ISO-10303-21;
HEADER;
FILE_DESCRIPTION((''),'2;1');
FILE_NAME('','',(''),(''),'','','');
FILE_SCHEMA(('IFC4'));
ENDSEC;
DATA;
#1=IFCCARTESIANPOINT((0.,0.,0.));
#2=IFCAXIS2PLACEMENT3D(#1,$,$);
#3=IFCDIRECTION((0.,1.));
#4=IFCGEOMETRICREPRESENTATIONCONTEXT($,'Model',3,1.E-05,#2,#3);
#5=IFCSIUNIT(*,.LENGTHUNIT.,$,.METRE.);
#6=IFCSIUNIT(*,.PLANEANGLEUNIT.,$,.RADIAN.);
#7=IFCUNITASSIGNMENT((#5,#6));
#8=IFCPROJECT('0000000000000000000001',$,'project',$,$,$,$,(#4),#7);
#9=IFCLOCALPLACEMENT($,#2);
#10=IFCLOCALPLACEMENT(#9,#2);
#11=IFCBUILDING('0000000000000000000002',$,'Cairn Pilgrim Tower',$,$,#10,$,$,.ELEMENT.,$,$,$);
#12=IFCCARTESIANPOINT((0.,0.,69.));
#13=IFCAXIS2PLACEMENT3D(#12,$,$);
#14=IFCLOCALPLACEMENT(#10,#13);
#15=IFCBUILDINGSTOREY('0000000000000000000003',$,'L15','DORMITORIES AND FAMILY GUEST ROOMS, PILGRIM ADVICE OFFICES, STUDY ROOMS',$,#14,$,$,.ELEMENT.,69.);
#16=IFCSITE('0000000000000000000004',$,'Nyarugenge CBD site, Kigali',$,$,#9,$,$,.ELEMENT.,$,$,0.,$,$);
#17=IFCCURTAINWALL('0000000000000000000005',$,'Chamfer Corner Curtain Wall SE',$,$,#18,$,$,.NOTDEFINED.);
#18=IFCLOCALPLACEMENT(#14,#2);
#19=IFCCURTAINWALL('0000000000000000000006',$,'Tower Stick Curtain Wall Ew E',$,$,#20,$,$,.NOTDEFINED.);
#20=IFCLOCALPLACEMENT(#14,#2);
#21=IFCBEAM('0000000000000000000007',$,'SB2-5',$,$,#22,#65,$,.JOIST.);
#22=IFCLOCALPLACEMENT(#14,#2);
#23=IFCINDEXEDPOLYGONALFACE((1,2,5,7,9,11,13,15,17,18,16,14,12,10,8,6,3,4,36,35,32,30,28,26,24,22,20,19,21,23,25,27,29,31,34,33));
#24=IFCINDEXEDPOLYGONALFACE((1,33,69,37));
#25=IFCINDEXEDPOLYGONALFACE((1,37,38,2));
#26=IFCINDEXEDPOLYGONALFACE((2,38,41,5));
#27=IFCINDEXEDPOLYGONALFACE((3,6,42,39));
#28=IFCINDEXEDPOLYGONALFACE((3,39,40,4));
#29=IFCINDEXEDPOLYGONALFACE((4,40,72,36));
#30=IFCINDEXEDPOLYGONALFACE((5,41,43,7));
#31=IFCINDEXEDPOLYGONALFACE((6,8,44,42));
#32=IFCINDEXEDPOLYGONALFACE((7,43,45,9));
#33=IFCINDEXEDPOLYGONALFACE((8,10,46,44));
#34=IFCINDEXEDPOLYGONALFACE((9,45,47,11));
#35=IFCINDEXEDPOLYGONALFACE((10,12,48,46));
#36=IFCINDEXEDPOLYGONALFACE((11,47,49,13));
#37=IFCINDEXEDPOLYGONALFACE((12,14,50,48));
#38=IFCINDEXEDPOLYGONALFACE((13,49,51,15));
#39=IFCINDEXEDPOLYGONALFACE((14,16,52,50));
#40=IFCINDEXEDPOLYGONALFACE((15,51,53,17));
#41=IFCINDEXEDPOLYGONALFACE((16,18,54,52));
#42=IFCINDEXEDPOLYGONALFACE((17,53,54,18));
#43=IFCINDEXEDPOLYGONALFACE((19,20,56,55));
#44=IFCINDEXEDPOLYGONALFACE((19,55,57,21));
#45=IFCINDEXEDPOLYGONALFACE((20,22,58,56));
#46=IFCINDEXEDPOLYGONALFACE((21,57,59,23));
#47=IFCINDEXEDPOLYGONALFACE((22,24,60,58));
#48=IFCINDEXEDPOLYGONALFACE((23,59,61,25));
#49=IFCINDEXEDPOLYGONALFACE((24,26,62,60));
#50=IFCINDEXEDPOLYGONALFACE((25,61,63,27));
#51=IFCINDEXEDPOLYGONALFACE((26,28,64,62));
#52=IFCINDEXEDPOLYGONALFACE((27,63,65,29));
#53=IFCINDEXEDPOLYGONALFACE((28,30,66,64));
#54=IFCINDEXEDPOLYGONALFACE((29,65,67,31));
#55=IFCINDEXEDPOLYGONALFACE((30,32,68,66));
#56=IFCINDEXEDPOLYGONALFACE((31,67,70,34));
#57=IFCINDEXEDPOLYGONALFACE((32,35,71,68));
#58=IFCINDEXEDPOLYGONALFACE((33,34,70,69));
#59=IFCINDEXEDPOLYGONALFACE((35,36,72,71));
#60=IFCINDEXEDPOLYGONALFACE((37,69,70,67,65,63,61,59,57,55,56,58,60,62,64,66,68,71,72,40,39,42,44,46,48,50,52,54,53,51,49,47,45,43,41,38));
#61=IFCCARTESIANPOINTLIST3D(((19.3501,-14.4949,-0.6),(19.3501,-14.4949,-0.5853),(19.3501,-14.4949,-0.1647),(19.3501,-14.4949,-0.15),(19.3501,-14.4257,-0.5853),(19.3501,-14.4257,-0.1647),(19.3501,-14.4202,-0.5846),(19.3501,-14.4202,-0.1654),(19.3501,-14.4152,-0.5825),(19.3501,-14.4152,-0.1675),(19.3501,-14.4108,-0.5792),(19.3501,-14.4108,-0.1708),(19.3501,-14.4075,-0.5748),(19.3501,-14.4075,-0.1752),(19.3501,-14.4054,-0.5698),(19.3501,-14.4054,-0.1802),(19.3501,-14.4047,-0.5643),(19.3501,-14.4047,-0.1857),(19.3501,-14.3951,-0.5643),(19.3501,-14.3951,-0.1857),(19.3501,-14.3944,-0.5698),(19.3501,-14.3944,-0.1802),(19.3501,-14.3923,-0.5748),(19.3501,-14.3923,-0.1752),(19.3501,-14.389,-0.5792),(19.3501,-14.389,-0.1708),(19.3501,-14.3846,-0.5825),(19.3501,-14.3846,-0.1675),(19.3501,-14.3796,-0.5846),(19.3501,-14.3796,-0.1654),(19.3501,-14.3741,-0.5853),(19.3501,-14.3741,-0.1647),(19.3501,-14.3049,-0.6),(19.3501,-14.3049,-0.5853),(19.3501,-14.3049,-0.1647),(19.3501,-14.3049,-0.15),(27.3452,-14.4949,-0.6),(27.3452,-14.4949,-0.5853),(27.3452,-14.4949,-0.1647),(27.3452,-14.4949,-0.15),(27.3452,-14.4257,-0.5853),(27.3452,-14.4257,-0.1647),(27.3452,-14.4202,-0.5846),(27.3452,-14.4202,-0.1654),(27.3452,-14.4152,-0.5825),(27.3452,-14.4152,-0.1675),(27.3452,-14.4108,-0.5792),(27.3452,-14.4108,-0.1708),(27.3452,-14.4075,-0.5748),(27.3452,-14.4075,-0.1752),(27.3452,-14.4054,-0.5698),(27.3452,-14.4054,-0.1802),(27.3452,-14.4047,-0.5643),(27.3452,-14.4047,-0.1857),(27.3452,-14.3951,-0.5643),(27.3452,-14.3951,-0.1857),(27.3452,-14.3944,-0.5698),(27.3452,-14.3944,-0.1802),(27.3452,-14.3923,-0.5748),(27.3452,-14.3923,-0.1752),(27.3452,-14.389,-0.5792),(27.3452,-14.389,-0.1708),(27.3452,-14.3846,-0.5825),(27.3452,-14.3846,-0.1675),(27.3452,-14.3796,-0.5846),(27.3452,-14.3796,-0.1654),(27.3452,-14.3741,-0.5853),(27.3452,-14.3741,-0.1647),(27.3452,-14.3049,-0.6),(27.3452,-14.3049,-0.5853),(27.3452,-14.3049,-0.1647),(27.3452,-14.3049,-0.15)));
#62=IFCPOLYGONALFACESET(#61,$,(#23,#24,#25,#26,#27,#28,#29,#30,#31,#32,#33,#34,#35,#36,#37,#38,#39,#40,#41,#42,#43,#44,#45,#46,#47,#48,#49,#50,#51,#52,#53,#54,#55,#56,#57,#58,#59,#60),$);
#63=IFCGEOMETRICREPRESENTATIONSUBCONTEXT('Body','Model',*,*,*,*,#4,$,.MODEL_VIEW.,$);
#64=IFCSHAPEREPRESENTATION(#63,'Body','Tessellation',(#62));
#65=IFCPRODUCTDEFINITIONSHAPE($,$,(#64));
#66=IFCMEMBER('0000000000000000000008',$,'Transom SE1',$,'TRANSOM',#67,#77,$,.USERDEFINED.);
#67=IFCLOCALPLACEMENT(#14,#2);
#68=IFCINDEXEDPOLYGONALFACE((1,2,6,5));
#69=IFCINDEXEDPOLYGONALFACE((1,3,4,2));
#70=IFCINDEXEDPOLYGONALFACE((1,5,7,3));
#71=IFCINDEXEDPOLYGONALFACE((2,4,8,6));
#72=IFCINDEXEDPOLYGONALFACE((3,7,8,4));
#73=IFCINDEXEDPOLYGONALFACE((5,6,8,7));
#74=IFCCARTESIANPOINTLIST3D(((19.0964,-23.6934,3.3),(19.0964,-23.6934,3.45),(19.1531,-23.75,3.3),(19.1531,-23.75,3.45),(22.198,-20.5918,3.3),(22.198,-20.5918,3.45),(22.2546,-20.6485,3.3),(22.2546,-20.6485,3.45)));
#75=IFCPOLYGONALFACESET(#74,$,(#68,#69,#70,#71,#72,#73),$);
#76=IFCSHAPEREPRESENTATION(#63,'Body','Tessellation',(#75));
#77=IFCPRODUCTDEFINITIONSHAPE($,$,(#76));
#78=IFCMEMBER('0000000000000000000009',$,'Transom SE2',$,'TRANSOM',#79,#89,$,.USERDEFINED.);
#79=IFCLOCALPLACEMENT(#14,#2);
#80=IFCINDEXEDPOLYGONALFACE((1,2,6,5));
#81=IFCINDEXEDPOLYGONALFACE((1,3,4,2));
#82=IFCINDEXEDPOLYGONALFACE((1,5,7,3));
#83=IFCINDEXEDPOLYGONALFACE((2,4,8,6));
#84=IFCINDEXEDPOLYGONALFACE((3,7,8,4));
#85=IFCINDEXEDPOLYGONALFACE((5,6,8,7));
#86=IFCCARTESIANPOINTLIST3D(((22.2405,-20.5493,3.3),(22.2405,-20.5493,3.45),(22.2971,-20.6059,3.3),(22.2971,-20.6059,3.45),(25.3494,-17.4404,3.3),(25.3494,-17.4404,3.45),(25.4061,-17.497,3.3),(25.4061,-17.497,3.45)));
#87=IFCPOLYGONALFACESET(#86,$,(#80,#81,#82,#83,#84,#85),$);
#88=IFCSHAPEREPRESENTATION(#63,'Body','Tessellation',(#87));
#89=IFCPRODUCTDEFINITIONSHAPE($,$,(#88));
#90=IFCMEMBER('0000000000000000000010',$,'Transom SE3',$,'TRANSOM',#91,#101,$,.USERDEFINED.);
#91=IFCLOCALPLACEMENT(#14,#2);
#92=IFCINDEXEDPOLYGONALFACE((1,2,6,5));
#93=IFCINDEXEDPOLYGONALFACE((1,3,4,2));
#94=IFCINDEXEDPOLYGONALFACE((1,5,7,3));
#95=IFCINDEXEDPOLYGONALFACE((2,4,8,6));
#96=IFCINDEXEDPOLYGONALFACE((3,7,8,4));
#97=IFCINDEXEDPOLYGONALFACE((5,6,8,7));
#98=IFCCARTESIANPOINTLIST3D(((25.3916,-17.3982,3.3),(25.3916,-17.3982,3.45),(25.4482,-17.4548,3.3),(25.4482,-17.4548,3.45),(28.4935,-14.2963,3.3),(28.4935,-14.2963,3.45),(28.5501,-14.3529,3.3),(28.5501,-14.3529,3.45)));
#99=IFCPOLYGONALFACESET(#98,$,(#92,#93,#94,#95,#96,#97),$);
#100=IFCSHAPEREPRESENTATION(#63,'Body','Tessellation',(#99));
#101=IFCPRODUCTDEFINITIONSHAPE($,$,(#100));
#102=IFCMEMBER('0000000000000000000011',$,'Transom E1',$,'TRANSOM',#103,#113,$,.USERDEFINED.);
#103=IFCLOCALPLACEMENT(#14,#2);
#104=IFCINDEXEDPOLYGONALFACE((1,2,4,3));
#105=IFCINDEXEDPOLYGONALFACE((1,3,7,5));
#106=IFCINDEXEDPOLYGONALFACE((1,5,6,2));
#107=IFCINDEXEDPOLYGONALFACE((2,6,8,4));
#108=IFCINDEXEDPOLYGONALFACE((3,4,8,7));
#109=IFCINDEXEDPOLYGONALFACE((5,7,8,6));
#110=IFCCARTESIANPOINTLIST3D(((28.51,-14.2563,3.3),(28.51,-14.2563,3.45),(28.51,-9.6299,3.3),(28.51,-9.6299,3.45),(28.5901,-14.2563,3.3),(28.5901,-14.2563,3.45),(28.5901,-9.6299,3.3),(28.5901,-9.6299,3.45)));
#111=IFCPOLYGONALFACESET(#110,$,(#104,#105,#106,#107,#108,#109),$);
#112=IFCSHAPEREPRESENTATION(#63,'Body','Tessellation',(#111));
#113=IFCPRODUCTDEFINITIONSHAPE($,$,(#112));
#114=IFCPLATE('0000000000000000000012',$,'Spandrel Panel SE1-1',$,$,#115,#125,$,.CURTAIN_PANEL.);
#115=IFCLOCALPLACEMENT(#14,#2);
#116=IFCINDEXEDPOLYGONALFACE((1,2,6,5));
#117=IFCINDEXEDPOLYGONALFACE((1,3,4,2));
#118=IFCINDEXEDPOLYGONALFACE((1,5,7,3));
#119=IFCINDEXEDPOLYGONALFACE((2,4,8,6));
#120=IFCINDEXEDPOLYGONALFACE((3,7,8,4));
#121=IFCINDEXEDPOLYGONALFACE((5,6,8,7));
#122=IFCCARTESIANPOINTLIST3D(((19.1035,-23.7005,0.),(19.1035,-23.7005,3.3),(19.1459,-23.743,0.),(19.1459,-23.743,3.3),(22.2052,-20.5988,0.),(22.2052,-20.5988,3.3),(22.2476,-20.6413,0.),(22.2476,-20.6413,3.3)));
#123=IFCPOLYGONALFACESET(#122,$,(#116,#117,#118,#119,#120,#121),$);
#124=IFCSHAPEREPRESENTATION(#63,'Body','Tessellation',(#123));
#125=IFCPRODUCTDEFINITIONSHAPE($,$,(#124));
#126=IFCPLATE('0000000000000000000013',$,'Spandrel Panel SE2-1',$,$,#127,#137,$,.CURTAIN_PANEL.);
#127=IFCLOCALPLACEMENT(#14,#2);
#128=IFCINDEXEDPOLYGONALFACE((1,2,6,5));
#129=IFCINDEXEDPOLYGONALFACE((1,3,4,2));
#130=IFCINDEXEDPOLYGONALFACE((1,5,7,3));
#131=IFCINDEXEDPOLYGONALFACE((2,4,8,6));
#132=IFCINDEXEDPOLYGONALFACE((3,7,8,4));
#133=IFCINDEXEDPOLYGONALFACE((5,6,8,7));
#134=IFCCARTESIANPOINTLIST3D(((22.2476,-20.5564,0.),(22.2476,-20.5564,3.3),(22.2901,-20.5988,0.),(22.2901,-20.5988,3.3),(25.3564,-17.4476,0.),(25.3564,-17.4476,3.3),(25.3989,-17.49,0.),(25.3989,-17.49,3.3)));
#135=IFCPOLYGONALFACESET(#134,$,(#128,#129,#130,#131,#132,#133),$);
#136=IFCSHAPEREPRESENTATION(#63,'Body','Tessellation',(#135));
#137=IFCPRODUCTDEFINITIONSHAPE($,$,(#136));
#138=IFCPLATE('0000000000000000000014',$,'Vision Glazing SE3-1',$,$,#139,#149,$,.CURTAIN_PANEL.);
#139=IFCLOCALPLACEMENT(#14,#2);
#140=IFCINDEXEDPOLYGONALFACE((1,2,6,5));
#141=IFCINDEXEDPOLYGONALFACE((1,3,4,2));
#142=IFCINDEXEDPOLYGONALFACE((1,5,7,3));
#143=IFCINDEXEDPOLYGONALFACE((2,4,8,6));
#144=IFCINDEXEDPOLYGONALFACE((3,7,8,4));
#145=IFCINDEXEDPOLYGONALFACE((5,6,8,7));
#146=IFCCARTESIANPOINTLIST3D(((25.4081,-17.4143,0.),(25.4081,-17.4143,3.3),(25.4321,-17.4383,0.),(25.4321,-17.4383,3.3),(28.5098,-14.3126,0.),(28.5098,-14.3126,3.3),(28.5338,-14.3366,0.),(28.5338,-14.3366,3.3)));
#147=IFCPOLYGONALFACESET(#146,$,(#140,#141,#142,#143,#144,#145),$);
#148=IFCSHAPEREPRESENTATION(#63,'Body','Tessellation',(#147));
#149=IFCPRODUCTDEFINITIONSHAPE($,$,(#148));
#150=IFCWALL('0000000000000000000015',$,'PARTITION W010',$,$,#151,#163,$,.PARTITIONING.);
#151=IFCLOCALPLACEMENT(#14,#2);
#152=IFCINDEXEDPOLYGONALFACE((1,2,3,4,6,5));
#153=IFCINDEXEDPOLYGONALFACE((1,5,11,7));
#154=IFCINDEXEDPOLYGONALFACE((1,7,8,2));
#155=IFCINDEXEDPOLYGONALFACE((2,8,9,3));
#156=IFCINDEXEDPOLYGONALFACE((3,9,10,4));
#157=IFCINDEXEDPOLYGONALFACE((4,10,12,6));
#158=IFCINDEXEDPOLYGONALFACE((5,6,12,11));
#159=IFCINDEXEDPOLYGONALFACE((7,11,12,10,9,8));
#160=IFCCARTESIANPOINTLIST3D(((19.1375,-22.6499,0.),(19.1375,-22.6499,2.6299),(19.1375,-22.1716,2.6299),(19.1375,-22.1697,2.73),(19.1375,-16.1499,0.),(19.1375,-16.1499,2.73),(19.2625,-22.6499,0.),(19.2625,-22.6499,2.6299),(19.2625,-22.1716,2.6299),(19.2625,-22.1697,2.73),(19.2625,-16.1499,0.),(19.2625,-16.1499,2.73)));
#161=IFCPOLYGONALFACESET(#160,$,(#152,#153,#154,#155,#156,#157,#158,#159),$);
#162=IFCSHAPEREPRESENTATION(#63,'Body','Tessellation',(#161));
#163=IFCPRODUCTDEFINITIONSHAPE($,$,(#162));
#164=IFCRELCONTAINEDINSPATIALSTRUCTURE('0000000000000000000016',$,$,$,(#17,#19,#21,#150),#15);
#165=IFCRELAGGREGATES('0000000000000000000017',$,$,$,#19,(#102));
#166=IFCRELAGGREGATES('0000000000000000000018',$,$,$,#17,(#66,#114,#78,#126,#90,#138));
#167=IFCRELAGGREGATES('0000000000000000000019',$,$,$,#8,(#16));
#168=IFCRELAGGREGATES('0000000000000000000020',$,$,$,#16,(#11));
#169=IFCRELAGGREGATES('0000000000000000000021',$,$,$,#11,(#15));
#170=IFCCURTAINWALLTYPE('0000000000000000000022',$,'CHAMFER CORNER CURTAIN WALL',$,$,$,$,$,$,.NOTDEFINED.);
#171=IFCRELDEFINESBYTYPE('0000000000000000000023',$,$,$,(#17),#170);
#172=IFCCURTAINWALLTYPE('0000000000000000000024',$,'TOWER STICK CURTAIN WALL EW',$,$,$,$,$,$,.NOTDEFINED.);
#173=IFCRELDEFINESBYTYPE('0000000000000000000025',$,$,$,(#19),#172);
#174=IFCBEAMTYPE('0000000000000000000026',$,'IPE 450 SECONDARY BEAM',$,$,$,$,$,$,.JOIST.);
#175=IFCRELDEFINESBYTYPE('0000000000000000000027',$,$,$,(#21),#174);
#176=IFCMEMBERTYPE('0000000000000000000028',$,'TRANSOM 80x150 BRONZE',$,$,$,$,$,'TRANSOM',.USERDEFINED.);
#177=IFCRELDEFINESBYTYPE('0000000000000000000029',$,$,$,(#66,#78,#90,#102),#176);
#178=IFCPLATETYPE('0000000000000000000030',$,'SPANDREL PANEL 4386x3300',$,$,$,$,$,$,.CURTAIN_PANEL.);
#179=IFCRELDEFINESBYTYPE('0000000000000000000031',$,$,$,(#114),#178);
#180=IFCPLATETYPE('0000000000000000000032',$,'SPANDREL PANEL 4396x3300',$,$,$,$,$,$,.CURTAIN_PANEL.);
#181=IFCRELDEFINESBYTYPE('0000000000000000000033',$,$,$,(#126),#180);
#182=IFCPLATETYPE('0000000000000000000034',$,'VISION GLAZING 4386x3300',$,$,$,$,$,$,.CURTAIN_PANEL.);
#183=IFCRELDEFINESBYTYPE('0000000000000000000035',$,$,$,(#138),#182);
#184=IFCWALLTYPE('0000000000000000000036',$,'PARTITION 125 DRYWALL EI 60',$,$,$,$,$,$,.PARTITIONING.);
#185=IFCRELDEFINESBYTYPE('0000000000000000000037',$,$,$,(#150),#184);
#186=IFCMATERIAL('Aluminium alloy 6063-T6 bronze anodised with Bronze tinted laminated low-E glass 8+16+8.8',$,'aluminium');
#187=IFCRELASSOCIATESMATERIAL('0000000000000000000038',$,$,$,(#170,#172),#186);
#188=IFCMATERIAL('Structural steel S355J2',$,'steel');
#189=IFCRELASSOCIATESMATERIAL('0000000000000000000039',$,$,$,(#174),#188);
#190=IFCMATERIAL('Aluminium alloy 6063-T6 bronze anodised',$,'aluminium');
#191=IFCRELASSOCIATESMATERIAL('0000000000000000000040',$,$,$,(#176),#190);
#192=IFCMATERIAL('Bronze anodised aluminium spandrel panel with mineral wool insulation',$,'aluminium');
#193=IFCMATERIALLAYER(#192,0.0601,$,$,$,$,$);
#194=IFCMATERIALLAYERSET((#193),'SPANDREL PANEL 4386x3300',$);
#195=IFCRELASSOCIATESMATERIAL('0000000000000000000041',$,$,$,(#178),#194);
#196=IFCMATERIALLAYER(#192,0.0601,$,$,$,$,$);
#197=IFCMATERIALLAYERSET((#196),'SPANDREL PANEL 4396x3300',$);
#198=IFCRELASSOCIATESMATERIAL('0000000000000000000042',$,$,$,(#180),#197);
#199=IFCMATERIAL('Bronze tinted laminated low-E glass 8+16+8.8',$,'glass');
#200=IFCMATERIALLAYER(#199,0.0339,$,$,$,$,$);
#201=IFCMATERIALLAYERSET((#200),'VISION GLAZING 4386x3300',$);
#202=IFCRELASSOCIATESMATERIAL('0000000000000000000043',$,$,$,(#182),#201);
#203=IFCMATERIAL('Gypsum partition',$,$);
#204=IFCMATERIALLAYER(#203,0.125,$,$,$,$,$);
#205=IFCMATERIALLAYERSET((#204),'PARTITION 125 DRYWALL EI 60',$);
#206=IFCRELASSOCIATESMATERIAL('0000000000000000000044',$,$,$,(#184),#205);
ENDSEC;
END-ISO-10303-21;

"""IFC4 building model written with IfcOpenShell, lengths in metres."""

from ifc_helpers import new_model, si_unit, direction, frame, origin, origin_2d, place, context, subcontext, project, spatial, polyline, rectangle, i_section, outline, extrude, material, layer, layer_set, material_profile, profile_set, type_object, element, aggregate, save


model = new_model("IFC4")

# Units and contexts
model_context = context("Model", 3, precision=1e-05, world=origin(), true_north=direction((0.0, 1.0)))
body_context = subcontext(model_context, "Body", "Model", "MODEL_VIEW")
ifc_project = project(units=[si_unit("LENGTHUNIT", "METRE"), si_unit("PLANEANGLEUNIT", "RADIAN")], contexts=[model_context])

# Site, building, storey
site_placement = place(None, origin())
site = spatial("IfcSite", under=ifc_project, at=site_placement, Name="Nyarugenge CBD site, Kigali", CompositionType="ELEMENT", RefElevation=0.0)
building_placement = place(site_placement, origin())
building = spatial("IfcBuilding", under=site, at=building_placement, Name="Cairn Pilgrim Tower", CompositionType="ELEMENT")
storey_placement = place(building_placement, frame((0.0, 0.0, 69.0)))
storey = spatial("IfcBuildingStorey", under=building, at=storey_placement, Name="L15", Description="DORMITORIES AND FAMILY GUEST ROOMS, PILGRIM ADVICE OFFICES, STUDY ROOMS", CompositionType="ELEMENT", Elevation=69.0)

# Shared definitions
ifc_material_1 = material(Name="Structural steel S355J2", Category="steel")

# Curtain wall
ifc_material_2 = material(Name="Aluminium alloy 6063-T6 bronze anodised with Bronze tinted laminated low-E glass 8+16+8.8", Category="aluminium")
curtain_wall_type_1 = type_object("IfcCurtainWallType", Name="CHAMFER CORNER CURTAIN WALL", PredefinedType="NOTDEFINED", material=ifc_material_2)
curtain_wall_1_placement = place(storey_placement, origin())
curtain_wall_1 = element("IfcCurtainWall", 1, at=curtain_wall_1_placement, inside=storey, type_object=curtain_wall_type_1, Name="Chamfer Corner Curtain Wall SE", PredefinedType="NOTDEFINED")
ifc_material_3 = material(Name="Aluminium alloy 6063-T6 bronze anodised", Category="aluminium")

# Curtain wall
curtain_wall_type_2 = type_object("IfcCurtainWallType", Name="TOWER STICK CURTAIN WALL EW", PredefinedType="NOTDEFINED", material=ifc_material_2)
curtain_wall_2_placement = place(storey_placement, origin())
curtain_wall_2 = element("IfcCurtainWall", 2, at=curtain_wall_2_placement, inside=storey, type_object=curtain_wall_type_2, Name="Tower Stick Curtain Wall Ew E", PredefinedType="NOTDEFINED")

# Beam
ifc_material_profile_1 = material_profile(ifc_material_1, i_section(OverallWidth=0.1899, OverallDepth=0.45, WebThickness=0.0095, FlangeThickness=0.0146, FilletRadius=0.021, at=origin_2d()), Name="IPE 450")
ifc_profile_set_1 = profile_set([ifc_material_profile_1], Name="Structural steel S355J2")
beam_type_1 = type_object("IfcBeamType", Name="IPE 450 SECONDARY BEAM", PredefinedType="JOIST", material=ifc_profile_set_1)
beam_1_placement = place(storey_placement, frame((19.3501, -14.3999, -0.375), z_axis=(1.0, 0.0, 0.0), x_axis=(0.0, 1.0, 0.0)))
element("IfcBeam", 3, at=beam_1_placement, inside=storey, type_object=beam_type_1, Name="SB2-5", PredefinedType="JOIST", context=body_context, shape_type="SweptSolid", body=[
    extrude(i_section(OverallWidth=0.1899, OverallDepth=0.45, WebThickness=0.0095, FlangeThickness=0.0146, FilletRadius=0.021, at=origin_2d()), origin(), (0.0, 0.0, 1.0), 7.9951),
])

# Members
ifc_material_profile_2 = material_profile(ifc_material_3, rectangle(XDim=0.0801, YDim=0.1499, at=origin_2d()), Name="TRANSOM 80x150 BRONZE")
ifc_profile_set_2 = profile_set([ifc_material_profile_2], Name="Aluminium alloy 6063-T6 bronze anodised")
member_type_1 = type_object("IfcMemberType", Name="TRANSOM 80x150 BRONZE", ElementType="TRANSOM", PredefinedType="USERDEFINED", material=ifc_profile_set_2)
member_1_placement = place(storey_placement, frame((19.1248, -23.7217, 3.375), z_axis=(0.707107, 0.707107, 0.0), x_axis=(-0.707107, 0.707107, 0.0)))
member_1 = element("IfcMember", 4, at=member_1_placement, type_object=member_type_1, Name="Transom SE1", ObjectType="TRANSOM", PredefinedType="USERDEFINED", context=body_context, shape_type="SweptSolid", body=[
    extrude(rectangle(XDim=0.0801, YDim=0.1499, at=origin_2d()), origin(), (0.0, 0.0, 1.0), 4.3862),
])
member_2_placement = place(storey_placement, frame((22.2688, -20.5776, 3.375), z_axis=(0.707107, 0.707107, 0.0), x_axis=(-0.707107, 0.707107, 0.0)))
member_2 = element("IfcMember", 5, at=member_2_placement, type_object=member_type_1, Name="Transom SE2", ObjectType="TRANSOM", PredefinedType="USERDEFINED", context=body_context, shape_type="SweptSolid", body=[
    extrude(rectangle(XDim=0.0801, YDim=0.1499, at=origin_2d()), origin(), (0.0, 0.0, 1.0), 4.3967),
])
member_3_placement = place(storey_placement, frame((25.4199, -17.4265, 3.375), z_axis=(0.707107, 0.707107, 0.0), x_axis=(-0.707107, 0.707107, 0.0)))
member_3 = element("IfcMember", 6, at=member_3_placement, type_object=member_type_1, Name="Transom SE3", ObjectType="TRANSOM", PredefinedType="USERDEFINED", context=body_context, shape_type="SweptSolid", body=[
    extrude(rectangle(XDim=0.0801, YDim=0.1499, at=origin_2d()), origin(), (0.0, 0.0, 1.0), 4.3867),
])
member_4_placement = place(storey_placement, frame((28.55, -14.2563, 3.375), z_axis=(0.0, 1.0, 0.0), x_axis=(-1.0, 0.0, 0.0)))
member_4 = element("IfcMember", 7, at=member_4_placement, type_object=member_type_1, Name="Transom E1", ObjectType="TRANSOM", PredefinedType="USERDEFINED", context=body_context, shape_type="SweptSolid", body=[
    extrude(rectangle(XDim=0.0801, YDim=0.1499, at=origin_2d()), origin(), (0.0, 0.0, 1.0), 4.6265),
])
aggregate(curtain_wall_2, [member_4])

# Plates
ifc_material_4 = material(Name="Bronze anodised aluminium spandrel panel with mineral wool insulation", Category="aluminium")
ifc_layer_1 = layer(ifc_material_4, 0.0601)
ifc_layer_set_1 = layer_set([ifc_layer_1], Name="SPANDREL PANEL 4386x3300")
plate_type_1 = type_object("IfcPlateType", Name="SPANDREL PANEL 4386x3300", PredefinedType="CURTAIN_PANEL", material=ifc_layer_set_1)
plate_1_placement = place(storey_placement, frame((20.6755, -22.1709, 0.0), z_axis=(0.0, 0.0, 1.0), x_axis=(0.707107, 0.707107, 0.0)))
plate_1 = element("IfcPlate", 8, at=plate_1_placement, type_object=plate_type_1, Name="Spandrel Panel SE1-1", PredefinedType="CURTAIN_PANEL", context=body_context, shape_type="SweptSolid", body=[
    extrude(rectangle(XDim=4.3865, YDim=0.0601, at=origin_2d()), origin(), (0.0, 0.0, 1.0), 3.3),
])
ifc_layer_2 = layer(ifc_material_4, 0.0601)
ifc_layer_set_2 = layer_set([ifc_layer_2], Name="SPANDREL PANEL 4396x3300")
plate_type_2 = type_object("IfcPlateType", Name="SPANDREL PANEL 4396x3300", PredefinedType="CURTAIN_PANEL", material=ifc_layer_set_2)
plate_2_placement = place(storey_placement, frame((23.8232, -19.0232, 0.0), z_axis=(0.0, 0.0, 1.0), x_axis=(0.707107, 0.707107, 0.0)))
plate_2 = element("IfcPlate", 9, at=plate_2_placement, type_object=plate_type_2, Name="Spandrel Panel SE2-1", PredefinedType="CURTAIN_PANEL", context=body_context, shape_type="SweptSolid", body=[
    extrude(rectangle(XDim=4.3965, YDim=0.0601, at=origin_2d()), origin(), (0.0, 0.0, 1.0), 3.3),
])
ifc_material_5 = material(Name="Bronze tinted laminated low-E glass 8+16+8.8", Category="glass")
ifc_layer_3 = layer(ifc_material_5, 0.0339)
ifc_layer_set_3 = layer_set([ifc_layer_3], Name="VISION GLAZING 4386x3300")
plate_type_3 = type_object("IfcPlateType", Name="VISION GLAZING 4386x3300", PredefinedType="CURTAIN_PANEL", material=ifc_layer_set_3)
plate_3_placement = place(storey_placement, frame((26.9709, -15.8755, 0.0), z_axis=(0.0, 0.0, 1.0), x_axis=(0.707107, 0.707107, 0.0)))
plate_3 = element("IfcPlate", 10, at=plate_3_placement, type_object=plate_type_3, Name="Vision Glazing SE3-1", PredefinedType="CURTAIN_PANEL", context=body_context, shape_type="SweptSolid", body=[
    extrude(rectangle(XDim=4.3865, YDim=0.0339, at=origin_2d()), origin(), (0.0, 0.0, 1.0), 3.3),
])
aggregate(curtain_wall_1, [member_1, plate_1, member_2, plate_2, member_3, plate_3])

# Wall
ifc_material_6 = material(Name="Gypsum partition")
ifc_layer_4 = layer(ifc_material_6, 0.125)
ifc_layer_set_4 = layer_set([ifc_layer_4], Name="PARTITION 125 DRYWALL EI 60")
wall_type_1 = type_object("IfcWallType", Name="PARTITION 125 DRYWALL EI 60", PredefinedType="PARTITIONING", material=ifc_layer_set_4)
wall_1_placement = place(storey_placement, frame((19.2, -22.6499, 0.0), z_axis=(0.0, 0.0, 1.0), x_axis=(0.0, 1.0, 0.0)))
element("IfcWall", 11, at=wall_1_placement, inside=storey, type_object=wall_type_1, Name="PARTITION W010", PredefinedType="PARTITIONING", context=body_context, shape_type="SweptSolid", body=[
    extrude(outline(polyline([(0.0, 0.0), (6.5, 0.0), (6.5, 2.73), (0.4802, 2.73), (0.4783, 2.6299), (0.0, 2.6299), (0.0, 0.0)])), frame((0.0, 0.0625, 0.0), z_axis=(0.0, -1.0, 0.0), x_axis=(1.0, 0.0, 0.0)), (0.0, 0.0, 1.0), 0.125),
])

save(model, "model.ifc")
